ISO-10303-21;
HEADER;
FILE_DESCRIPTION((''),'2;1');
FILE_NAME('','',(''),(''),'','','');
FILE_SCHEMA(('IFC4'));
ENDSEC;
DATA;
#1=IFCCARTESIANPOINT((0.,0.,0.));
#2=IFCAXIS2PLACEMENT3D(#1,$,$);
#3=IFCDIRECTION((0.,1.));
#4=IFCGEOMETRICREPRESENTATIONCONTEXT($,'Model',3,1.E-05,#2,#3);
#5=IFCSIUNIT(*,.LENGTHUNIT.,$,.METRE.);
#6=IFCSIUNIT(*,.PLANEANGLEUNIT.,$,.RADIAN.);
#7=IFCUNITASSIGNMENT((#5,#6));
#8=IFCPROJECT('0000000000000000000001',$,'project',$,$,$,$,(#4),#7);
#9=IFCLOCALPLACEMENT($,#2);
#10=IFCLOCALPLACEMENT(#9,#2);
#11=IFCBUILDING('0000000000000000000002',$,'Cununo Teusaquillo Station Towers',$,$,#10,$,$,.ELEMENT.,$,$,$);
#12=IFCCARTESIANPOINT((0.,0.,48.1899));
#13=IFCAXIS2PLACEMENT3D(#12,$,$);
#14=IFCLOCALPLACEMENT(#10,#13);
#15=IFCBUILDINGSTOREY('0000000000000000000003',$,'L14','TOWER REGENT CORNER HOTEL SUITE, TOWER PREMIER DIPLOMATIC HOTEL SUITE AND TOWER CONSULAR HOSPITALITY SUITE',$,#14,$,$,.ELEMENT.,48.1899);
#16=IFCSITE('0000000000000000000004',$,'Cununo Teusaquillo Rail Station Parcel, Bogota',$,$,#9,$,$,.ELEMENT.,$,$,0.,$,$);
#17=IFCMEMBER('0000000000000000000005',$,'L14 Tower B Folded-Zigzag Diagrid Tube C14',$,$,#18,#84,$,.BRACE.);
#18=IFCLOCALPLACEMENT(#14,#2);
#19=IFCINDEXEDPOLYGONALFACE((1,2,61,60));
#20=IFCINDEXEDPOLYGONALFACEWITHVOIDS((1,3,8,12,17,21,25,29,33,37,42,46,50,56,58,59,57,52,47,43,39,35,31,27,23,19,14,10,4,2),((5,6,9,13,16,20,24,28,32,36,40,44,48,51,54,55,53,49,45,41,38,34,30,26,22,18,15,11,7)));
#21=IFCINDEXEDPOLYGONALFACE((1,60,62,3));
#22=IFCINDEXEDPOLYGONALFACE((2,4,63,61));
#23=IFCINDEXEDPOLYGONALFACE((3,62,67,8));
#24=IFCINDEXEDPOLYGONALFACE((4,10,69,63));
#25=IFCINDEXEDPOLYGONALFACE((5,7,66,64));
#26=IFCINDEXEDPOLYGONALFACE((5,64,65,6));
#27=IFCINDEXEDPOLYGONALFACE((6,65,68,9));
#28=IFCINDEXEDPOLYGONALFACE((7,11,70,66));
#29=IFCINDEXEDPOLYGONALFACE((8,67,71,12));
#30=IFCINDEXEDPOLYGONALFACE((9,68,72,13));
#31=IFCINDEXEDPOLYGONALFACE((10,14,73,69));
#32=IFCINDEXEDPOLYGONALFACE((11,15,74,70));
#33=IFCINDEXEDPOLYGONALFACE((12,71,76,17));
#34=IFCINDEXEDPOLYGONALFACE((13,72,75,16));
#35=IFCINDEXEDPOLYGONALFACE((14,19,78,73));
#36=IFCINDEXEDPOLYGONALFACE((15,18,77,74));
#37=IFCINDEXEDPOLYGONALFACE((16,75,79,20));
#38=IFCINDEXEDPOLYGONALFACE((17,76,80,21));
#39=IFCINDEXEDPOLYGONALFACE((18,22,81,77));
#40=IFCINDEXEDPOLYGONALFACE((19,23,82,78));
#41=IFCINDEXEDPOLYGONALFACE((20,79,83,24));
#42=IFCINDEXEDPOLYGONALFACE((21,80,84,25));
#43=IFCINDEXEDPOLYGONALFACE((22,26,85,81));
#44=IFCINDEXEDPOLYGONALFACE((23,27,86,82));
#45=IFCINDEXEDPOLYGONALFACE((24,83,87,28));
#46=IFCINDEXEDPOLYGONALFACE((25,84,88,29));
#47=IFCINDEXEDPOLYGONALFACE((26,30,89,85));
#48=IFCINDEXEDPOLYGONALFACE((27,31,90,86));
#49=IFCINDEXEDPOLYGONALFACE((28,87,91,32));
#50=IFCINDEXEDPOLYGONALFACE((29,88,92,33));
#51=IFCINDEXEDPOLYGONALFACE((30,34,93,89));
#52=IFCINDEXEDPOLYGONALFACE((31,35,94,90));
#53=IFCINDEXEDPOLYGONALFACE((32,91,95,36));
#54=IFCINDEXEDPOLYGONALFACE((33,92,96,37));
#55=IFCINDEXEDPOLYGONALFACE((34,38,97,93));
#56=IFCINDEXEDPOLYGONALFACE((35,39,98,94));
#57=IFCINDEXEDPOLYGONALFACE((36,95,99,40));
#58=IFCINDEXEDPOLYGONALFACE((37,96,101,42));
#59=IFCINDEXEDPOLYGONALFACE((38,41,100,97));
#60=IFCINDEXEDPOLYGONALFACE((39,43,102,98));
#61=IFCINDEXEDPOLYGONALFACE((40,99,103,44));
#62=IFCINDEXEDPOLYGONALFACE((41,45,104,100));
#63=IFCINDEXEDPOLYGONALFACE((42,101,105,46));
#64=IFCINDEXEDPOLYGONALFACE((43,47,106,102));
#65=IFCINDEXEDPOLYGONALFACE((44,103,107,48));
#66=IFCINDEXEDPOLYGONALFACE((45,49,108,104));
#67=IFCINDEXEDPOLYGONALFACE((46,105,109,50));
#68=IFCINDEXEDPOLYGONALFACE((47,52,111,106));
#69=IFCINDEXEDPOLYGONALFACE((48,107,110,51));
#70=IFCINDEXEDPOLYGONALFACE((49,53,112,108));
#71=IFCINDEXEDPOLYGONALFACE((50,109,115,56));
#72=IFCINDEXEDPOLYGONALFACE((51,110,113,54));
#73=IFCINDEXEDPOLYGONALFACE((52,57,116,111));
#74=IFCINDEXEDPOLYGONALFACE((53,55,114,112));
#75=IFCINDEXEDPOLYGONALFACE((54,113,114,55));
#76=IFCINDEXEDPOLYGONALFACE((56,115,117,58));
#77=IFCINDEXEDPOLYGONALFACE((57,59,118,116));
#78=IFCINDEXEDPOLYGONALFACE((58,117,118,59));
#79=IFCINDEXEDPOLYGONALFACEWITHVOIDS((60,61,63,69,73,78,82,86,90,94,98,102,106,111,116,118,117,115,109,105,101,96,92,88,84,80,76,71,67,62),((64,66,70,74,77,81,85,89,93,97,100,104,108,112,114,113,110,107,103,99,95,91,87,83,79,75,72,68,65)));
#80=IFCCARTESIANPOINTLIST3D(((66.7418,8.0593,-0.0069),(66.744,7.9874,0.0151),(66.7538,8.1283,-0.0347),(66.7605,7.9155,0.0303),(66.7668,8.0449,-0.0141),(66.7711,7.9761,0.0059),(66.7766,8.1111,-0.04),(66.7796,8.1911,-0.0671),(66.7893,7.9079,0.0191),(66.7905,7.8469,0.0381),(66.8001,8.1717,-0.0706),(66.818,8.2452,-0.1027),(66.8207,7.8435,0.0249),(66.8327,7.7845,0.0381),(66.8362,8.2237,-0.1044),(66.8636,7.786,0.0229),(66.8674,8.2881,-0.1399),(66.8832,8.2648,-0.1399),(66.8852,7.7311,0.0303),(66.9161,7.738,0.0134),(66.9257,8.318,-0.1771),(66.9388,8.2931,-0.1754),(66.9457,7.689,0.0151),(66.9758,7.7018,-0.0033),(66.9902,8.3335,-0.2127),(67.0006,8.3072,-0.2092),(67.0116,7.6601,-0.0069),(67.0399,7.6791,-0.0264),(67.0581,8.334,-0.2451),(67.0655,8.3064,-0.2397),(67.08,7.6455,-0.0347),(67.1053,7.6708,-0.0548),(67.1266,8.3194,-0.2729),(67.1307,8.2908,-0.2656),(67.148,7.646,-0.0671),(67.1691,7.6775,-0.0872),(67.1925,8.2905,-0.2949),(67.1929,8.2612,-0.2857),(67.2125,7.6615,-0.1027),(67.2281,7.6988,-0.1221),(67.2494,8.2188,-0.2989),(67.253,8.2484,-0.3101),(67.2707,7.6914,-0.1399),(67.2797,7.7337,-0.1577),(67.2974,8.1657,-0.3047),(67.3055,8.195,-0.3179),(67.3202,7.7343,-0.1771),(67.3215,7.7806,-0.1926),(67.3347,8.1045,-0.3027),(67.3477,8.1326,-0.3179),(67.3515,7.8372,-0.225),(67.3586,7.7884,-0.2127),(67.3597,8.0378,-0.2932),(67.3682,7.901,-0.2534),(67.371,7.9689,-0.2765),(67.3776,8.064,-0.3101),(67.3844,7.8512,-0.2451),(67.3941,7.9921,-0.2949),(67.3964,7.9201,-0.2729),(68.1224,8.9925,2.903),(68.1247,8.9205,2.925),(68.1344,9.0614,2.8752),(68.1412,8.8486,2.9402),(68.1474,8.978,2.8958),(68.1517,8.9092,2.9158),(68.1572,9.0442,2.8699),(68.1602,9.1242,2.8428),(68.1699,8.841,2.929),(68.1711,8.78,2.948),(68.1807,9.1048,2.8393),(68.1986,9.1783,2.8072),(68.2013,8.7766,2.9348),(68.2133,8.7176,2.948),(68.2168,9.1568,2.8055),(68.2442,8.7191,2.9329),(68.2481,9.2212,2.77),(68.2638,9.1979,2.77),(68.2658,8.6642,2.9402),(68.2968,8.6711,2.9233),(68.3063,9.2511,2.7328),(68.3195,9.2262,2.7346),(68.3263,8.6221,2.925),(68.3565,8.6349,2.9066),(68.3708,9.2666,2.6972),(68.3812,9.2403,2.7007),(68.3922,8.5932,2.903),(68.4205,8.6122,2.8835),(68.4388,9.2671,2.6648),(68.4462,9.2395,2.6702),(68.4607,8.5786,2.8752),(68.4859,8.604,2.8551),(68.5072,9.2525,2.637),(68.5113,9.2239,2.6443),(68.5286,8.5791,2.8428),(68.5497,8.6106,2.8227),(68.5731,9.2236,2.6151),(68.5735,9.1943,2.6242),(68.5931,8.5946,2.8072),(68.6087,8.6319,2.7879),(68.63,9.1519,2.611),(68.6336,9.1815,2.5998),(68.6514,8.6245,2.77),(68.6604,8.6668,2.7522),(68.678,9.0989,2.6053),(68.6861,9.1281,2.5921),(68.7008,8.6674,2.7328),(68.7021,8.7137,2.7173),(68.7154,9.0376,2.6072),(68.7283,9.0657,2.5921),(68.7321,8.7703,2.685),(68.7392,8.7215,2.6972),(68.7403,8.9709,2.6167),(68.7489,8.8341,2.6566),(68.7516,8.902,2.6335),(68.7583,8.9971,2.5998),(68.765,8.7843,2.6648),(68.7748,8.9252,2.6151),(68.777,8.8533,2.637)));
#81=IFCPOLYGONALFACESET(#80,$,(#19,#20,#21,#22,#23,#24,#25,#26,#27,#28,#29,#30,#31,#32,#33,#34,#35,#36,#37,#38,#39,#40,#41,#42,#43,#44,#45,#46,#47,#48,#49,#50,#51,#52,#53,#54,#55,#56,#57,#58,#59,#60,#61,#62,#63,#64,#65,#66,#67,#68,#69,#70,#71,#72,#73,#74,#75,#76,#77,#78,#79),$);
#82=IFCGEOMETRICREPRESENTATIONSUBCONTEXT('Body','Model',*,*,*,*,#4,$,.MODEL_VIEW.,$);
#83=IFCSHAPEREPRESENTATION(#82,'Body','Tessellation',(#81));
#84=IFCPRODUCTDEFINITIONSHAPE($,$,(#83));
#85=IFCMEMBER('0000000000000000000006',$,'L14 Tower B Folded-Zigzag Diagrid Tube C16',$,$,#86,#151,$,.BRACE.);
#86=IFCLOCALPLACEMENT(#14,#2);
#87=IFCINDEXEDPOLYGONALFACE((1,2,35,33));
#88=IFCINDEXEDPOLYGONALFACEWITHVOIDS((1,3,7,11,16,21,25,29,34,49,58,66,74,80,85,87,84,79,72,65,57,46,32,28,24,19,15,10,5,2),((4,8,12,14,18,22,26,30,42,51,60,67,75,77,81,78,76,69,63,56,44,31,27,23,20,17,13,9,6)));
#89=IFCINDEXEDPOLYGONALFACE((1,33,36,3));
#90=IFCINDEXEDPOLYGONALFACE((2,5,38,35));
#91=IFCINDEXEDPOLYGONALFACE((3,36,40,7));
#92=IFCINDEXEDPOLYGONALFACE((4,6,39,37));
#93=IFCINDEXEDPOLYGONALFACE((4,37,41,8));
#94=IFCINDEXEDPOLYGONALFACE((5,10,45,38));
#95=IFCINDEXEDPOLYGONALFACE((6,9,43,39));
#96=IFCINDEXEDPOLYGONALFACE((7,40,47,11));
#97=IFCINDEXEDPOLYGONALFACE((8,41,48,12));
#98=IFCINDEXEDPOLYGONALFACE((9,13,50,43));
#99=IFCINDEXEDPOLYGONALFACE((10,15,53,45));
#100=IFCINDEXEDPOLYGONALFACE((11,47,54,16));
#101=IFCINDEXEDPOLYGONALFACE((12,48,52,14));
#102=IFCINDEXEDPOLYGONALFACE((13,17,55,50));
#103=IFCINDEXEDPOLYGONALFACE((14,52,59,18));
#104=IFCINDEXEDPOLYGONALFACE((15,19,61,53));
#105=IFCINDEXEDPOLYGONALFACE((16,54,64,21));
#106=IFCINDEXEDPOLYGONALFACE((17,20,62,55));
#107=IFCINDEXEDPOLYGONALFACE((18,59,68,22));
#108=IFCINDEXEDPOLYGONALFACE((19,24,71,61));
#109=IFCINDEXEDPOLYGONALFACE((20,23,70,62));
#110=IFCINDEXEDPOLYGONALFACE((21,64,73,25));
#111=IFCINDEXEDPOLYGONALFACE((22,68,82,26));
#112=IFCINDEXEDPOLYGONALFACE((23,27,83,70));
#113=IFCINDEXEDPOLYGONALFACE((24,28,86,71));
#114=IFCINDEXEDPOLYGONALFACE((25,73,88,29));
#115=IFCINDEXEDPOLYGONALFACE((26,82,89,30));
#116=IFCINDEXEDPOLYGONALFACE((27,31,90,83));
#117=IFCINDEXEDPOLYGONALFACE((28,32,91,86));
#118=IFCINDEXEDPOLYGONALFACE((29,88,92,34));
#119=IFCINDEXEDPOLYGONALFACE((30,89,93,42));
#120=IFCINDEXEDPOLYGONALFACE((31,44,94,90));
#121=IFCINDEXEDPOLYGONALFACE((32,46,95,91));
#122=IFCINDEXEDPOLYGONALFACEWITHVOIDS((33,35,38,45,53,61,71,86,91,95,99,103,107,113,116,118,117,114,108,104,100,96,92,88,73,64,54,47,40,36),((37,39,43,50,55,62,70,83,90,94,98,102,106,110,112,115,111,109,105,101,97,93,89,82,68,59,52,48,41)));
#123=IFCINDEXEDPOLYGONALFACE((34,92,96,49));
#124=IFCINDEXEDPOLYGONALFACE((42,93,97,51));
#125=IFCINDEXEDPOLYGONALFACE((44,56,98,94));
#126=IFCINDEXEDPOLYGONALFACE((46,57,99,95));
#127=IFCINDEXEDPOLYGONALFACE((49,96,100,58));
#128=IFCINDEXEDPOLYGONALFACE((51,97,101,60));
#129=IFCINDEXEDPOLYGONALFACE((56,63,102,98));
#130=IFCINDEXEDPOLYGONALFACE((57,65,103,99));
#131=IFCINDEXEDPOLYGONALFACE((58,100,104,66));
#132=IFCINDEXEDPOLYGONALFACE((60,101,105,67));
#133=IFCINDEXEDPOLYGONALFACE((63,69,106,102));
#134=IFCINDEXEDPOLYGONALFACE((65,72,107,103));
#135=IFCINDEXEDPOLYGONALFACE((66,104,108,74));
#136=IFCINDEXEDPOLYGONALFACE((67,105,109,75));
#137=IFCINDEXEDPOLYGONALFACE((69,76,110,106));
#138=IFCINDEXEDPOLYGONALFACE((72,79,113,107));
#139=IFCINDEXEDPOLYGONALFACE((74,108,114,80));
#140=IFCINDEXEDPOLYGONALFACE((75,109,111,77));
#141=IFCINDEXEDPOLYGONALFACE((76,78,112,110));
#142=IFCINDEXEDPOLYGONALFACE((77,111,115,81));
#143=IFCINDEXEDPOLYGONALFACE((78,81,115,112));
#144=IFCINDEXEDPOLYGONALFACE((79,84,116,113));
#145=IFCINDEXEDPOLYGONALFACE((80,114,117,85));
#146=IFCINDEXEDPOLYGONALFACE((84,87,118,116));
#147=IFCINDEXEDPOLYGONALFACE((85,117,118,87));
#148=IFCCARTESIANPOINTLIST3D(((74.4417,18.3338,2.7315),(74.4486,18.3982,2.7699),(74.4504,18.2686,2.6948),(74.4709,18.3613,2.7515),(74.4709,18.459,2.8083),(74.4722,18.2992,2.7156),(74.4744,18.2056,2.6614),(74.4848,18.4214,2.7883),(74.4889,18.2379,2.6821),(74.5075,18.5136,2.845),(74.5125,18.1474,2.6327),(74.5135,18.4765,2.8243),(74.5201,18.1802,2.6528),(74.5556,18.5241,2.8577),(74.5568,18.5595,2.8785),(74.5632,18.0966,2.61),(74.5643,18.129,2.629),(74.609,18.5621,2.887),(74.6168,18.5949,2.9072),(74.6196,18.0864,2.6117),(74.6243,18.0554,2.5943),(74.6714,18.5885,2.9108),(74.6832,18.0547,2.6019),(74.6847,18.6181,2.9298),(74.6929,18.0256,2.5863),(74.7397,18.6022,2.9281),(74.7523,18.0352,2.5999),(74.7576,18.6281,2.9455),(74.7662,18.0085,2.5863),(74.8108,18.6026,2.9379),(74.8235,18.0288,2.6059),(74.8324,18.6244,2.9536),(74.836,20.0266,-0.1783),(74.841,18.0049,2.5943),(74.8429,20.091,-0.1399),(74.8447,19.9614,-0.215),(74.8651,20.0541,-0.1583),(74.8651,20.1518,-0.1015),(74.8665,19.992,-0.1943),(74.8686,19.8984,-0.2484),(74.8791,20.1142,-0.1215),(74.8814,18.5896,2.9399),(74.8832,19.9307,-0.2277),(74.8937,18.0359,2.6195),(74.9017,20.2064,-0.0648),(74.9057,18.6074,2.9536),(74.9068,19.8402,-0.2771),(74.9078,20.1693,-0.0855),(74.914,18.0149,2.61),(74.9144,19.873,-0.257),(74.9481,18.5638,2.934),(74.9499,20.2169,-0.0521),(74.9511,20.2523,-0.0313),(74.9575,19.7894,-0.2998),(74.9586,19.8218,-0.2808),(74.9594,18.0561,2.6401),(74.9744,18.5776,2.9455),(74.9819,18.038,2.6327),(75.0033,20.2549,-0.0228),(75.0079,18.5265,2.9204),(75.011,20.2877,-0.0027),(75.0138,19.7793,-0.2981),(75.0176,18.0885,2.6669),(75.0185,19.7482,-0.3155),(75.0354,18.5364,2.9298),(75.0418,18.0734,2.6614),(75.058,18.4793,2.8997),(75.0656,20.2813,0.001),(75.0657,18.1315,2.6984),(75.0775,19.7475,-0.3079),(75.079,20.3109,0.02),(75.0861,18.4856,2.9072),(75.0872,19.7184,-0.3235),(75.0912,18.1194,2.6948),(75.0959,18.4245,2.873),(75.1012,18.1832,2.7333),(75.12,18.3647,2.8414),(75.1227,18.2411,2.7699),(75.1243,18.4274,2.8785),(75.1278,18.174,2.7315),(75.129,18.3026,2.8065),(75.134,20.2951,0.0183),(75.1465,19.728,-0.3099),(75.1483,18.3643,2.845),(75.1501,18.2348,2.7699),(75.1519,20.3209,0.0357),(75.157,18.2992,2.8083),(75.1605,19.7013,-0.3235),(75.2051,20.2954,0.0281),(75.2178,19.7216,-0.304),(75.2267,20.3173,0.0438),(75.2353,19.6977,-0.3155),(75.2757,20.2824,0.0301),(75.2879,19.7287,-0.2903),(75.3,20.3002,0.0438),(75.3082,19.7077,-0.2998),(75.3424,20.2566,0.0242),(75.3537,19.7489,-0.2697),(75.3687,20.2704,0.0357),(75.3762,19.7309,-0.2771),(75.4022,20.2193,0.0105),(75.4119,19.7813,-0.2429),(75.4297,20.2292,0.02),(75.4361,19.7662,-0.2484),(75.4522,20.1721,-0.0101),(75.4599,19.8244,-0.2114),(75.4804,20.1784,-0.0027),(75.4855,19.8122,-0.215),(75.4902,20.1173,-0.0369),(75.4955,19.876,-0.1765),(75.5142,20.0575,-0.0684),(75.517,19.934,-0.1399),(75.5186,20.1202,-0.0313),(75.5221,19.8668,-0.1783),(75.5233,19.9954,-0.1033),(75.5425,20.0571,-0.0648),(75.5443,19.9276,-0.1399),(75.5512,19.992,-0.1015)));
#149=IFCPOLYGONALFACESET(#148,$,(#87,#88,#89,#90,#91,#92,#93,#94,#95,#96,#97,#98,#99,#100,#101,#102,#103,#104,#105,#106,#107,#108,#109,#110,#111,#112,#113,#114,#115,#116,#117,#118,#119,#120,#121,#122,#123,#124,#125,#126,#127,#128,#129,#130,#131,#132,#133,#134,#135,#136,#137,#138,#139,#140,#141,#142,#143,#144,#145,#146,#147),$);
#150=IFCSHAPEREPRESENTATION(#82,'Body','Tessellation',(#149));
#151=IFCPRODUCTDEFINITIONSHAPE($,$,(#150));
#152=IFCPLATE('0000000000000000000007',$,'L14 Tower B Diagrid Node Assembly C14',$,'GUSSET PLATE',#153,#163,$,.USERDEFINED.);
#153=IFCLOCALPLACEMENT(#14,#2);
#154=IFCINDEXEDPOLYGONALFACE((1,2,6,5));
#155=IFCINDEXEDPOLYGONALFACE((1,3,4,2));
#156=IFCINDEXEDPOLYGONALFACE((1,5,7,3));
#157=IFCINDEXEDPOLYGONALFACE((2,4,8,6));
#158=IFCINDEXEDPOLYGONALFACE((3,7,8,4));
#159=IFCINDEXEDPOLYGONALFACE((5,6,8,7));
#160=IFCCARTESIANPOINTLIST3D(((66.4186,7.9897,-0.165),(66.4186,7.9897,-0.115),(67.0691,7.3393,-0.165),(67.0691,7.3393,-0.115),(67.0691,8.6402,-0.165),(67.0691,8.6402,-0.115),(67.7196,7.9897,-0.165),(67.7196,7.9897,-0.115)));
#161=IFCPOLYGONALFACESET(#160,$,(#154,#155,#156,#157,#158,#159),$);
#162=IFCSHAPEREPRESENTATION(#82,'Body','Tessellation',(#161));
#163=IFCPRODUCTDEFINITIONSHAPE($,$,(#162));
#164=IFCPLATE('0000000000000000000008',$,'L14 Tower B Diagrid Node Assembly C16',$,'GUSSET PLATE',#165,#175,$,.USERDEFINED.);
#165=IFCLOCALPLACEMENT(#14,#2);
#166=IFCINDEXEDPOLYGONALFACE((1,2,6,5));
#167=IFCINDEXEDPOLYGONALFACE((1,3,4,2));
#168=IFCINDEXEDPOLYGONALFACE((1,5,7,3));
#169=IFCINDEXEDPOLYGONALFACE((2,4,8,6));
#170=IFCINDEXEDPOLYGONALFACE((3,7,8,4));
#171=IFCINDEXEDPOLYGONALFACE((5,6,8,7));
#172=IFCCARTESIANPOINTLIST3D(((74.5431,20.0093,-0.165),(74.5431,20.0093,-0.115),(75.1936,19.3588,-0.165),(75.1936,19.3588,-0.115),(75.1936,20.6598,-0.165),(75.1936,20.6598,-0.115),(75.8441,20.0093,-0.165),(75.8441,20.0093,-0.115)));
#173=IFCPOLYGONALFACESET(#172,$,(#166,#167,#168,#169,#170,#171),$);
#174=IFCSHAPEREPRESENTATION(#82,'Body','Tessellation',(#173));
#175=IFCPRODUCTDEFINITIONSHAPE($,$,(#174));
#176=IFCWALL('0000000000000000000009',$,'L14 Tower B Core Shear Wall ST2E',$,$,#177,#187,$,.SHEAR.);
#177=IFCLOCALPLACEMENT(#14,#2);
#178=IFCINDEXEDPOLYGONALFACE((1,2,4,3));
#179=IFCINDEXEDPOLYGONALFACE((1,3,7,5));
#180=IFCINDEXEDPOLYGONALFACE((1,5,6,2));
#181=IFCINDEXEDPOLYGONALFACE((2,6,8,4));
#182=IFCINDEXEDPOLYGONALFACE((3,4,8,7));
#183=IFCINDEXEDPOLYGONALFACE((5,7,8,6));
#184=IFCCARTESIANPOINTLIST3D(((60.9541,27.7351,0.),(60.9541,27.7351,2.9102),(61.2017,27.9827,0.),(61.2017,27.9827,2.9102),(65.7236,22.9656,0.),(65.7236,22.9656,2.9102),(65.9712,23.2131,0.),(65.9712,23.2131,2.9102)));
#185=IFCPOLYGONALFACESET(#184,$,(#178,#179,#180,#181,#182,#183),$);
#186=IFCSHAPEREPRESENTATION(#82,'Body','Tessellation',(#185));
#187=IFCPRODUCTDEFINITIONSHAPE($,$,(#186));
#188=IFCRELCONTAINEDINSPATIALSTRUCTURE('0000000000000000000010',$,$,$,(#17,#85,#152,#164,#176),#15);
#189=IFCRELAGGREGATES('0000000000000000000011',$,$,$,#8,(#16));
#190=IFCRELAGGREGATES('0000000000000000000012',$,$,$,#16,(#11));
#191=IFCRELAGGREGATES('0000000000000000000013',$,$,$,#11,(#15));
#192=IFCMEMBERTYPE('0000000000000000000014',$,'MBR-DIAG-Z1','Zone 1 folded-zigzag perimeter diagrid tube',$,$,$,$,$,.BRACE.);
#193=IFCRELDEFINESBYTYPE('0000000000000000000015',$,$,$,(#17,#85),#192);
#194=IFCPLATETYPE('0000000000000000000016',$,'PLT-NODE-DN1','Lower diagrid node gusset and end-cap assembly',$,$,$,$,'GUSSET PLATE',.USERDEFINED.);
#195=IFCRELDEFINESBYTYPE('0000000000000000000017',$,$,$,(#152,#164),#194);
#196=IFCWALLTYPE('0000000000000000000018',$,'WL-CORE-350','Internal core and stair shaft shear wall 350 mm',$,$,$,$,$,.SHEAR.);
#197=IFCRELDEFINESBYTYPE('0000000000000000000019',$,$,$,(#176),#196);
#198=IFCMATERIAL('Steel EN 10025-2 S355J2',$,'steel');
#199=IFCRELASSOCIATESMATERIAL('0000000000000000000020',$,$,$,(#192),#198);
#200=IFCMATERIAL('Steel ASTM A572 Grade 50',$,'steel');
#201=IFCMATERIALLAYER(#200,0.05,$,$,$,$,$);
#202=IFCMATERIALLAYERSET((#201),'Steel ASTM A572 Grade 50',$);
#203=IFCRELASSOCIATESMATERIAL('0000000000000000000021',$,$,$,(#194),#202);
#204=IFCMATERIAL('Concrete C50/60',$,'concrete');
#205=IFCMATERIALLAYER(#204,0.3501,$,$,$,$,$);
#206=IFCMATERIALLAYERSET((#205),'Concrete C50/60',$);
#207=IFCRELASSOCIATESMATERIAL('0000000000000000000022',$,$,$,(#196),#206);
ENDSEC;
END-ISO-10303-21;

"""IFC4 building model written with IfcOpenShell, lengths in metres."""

from ifc_helpers import new_model, si_unit, direction, frame, frame_2d, origin, origin_2d, place, context, subcontext, project, spatial, rectangle, hollow_circle, extrude, source, transform, mapped, material, layer, layer_set, material_profile, profile_set, type_object, element, save


model = new_model("IFC4")

# Units and contexts
model_context = context("Model", 3, precision=1e-05, world=origin(), true_north=direction((0.0, 1.0)))
body_context = subcontext(model_context, "Body", "Model", "MODEL_VIEW")
ifc_project = project(units=[si_unit("LENGTHUNIT", "METRE"), si_unit("PLANEANGLEUNIT", "RADIAN")], contexts=[model_context])

# Site, building, storey
site_placement = place(None, origin())
site = spatial("IfcSite", under=ifc_project, at=site_placement, Name="Cununo Teusaquillo Rail Station Parcel, Bogota", CompositionType="ELEMENT", RefElevation=0.0)
building_placement = place(site_placement, origin())
building = spatial("IfcBuilding", under=site, at=building_placement, Name="Cununo Teusaquillo Station Towers", CompositionType="ELEMENT")
storey_placement = place(building_placement, frame((0.0, 0.0, 48.1899)))
storey = spatial("IfcBuildingStorey", under=building, at=storey_placement, Name="L14", Description="TOWER REGENT CORNER HOTEL SUITE, TOWER PREMIER DIPLOMATIC HOTEL SUITE AND TOWER CONSULAR HOSPITALITY SUITE", CompositionType="ELEMENT", Elevation=48.1899)

# Members
ifc_material_1 = material(Name="Steel EN 10025-2 S355J2", Category="steel")
ifc_material_profile_1 = material_profile(ifc_material_1, hollow_circle(Radius=0.3601, WallThickness=0.0281, at=origin_2d()), Name="CHS 720x28")
ifc_profile_set_1 = profile_set([ifc_material_profile_1], Name="Steel EN 10025-2 S355J2")
member_type = type_object("IfcMemberType", Name="MBR-DIAG-Z1", Description="Zone 1 folded-zigzag perimeter diagrid tube", PredefinedType="BRACE", material=ifc_profile_set_1)
member_1_placement = place(storey_placement, frame((67.0691, 7.9897, -0.1399), z_axis=(0.411723, 0.278268, 0.867785), x_axis=(-0.559963, 0.828517, 0.0)))
element("IfcMember", 1, at=member_1_placement, inside=storey, type_object=member_type, Name="L14 Tower B Folded-Zigzag Diagrid Tube C14", PredefinedType="BRACE", context=body_context, shape_type="SweptSolid", body=[
    extrude(hollow_circle(Radius=0.3601, WallThickness=0.0281, at=origin_2d()), origin(), (0.0, 0.0, 1.0), 3.3533),
])
member_2_placement = place(storey_placement, frame((75.1936, 20.0093, -0.1399), z_axis=(-0.116325, -0.499442, 0.858502), x_axis=(0.973932, -0.226839, 0.0)))
element("IfcMember", 2, at=member_2_placement, inside=storey, type_object=member_type, Name="L14 Tower B Folded-Zigzag Diagrid Tube C16", PredefinedType="BRACE", context=body_context, shape_type="SweptSolid", body=[
    extrude(hollow_circle(Radius=0.3601, WallThickness=0.0281, at=origin_2d()), origin(), (0.0, 0.0, 1.0), 3.3894),
])

# Plates
ifc_material_2 = material(Name="Steel ASTM A572 Grade 50", Category="steel")
ifc_layer_1 = layer(ifc_material_2, 0.05)
ifc_layer_set_1 = layer_set([ifc_layer_1], Name="Steel ASTM A572 Grade 50")
plate_type = type_object("IfcPlateType", Name="PLT-NODE-DN1", Description="Lower diagrid node gusset and end-cap assembly", ElementType="GUSSET PLATE", PredefinedType="USERDEFINED", material=ifc_layer_set_1)
shared_shape_1 = source(origin(), body_context, "Body", "SweptSolid", [
    extrude(rectangle(XDim=0.9199, YDim=0.9199, at=origin_2d()), origin(), (0.0, 0.0, 1.0), 0.05),
])
for number, where, z_axis, x_axis, name in (
    (3, (67.0691, 7.9897, -0.165), (0.0, 0.0, 1.0), (0.707107, 0.707107, 0.0), "L14 Tower B Diagrid Node Assembly C14"),
    (4, (75.1936, 20.0093, -0.165), (0.0, 0.0, 1.0), (0.707107, 0.707107, 0.0), "L14 Tower B Diagrid Node Assembly C16"),
):
    element("IfcPlate", number, at=place(storey_placement, frame(where, z_axis=z_axis, x_axis=x_axis)), inside=storey, type_object=plate_type, Name=name, ObjectType="GUSSET PLATE", PredefinedType="USERDEFINED", context=body_context, shape_type="MappedRepresentation", body=[
        mapped(shared_shape_1, transform((0.0, 0.0, 0.0), x_axis=(1.0, 0.0, 0.0), y_axis=(0.0, 1.0, 0.0), z_axis=(0.0, 0.0, 1.0), scale=1.0)),
    ])

# Wall
ifc_material_3 = material(Name="Concrete C50/60", Category="concrete")
ifc_layer_2 = layer(ifc_material_3, 0.3501)
ifc_layer_set_2 = layer_set([ifc_layer_2], Name="Concrete C50/60")
wall_type_1 = type_object("IfcWallType", Name="WL-CORE-350", Description="Internal core and stair shaft shear wall 350 mm", PredefinedType="SHEAR", material=ifc_layer_set_2)
wall_1_placement = place(storey_placement, frame((65.8474, 23.0894, 0.0), z_axis=(0.0, 0.0, 1.0), x_axis=(-0.707107, 0.707107, 0.0)))
element("IfcWall", 5, at=wall_1_placement, inside=storey, type_object=wall_type_1, Name="L14 Tower B Core Shear Wall ST2E", PredefinedType="SHEAR", context=body_context, shape_type="SweptSolid", body=[
    extrude(rectangle(XDim=6.7451, YDim=0.3501, at=frame_2d((3.3726, 0.0))), origin(), (0.0, 0.0, 1.0), 2.9102),
])

save(model, "model.ifc")
